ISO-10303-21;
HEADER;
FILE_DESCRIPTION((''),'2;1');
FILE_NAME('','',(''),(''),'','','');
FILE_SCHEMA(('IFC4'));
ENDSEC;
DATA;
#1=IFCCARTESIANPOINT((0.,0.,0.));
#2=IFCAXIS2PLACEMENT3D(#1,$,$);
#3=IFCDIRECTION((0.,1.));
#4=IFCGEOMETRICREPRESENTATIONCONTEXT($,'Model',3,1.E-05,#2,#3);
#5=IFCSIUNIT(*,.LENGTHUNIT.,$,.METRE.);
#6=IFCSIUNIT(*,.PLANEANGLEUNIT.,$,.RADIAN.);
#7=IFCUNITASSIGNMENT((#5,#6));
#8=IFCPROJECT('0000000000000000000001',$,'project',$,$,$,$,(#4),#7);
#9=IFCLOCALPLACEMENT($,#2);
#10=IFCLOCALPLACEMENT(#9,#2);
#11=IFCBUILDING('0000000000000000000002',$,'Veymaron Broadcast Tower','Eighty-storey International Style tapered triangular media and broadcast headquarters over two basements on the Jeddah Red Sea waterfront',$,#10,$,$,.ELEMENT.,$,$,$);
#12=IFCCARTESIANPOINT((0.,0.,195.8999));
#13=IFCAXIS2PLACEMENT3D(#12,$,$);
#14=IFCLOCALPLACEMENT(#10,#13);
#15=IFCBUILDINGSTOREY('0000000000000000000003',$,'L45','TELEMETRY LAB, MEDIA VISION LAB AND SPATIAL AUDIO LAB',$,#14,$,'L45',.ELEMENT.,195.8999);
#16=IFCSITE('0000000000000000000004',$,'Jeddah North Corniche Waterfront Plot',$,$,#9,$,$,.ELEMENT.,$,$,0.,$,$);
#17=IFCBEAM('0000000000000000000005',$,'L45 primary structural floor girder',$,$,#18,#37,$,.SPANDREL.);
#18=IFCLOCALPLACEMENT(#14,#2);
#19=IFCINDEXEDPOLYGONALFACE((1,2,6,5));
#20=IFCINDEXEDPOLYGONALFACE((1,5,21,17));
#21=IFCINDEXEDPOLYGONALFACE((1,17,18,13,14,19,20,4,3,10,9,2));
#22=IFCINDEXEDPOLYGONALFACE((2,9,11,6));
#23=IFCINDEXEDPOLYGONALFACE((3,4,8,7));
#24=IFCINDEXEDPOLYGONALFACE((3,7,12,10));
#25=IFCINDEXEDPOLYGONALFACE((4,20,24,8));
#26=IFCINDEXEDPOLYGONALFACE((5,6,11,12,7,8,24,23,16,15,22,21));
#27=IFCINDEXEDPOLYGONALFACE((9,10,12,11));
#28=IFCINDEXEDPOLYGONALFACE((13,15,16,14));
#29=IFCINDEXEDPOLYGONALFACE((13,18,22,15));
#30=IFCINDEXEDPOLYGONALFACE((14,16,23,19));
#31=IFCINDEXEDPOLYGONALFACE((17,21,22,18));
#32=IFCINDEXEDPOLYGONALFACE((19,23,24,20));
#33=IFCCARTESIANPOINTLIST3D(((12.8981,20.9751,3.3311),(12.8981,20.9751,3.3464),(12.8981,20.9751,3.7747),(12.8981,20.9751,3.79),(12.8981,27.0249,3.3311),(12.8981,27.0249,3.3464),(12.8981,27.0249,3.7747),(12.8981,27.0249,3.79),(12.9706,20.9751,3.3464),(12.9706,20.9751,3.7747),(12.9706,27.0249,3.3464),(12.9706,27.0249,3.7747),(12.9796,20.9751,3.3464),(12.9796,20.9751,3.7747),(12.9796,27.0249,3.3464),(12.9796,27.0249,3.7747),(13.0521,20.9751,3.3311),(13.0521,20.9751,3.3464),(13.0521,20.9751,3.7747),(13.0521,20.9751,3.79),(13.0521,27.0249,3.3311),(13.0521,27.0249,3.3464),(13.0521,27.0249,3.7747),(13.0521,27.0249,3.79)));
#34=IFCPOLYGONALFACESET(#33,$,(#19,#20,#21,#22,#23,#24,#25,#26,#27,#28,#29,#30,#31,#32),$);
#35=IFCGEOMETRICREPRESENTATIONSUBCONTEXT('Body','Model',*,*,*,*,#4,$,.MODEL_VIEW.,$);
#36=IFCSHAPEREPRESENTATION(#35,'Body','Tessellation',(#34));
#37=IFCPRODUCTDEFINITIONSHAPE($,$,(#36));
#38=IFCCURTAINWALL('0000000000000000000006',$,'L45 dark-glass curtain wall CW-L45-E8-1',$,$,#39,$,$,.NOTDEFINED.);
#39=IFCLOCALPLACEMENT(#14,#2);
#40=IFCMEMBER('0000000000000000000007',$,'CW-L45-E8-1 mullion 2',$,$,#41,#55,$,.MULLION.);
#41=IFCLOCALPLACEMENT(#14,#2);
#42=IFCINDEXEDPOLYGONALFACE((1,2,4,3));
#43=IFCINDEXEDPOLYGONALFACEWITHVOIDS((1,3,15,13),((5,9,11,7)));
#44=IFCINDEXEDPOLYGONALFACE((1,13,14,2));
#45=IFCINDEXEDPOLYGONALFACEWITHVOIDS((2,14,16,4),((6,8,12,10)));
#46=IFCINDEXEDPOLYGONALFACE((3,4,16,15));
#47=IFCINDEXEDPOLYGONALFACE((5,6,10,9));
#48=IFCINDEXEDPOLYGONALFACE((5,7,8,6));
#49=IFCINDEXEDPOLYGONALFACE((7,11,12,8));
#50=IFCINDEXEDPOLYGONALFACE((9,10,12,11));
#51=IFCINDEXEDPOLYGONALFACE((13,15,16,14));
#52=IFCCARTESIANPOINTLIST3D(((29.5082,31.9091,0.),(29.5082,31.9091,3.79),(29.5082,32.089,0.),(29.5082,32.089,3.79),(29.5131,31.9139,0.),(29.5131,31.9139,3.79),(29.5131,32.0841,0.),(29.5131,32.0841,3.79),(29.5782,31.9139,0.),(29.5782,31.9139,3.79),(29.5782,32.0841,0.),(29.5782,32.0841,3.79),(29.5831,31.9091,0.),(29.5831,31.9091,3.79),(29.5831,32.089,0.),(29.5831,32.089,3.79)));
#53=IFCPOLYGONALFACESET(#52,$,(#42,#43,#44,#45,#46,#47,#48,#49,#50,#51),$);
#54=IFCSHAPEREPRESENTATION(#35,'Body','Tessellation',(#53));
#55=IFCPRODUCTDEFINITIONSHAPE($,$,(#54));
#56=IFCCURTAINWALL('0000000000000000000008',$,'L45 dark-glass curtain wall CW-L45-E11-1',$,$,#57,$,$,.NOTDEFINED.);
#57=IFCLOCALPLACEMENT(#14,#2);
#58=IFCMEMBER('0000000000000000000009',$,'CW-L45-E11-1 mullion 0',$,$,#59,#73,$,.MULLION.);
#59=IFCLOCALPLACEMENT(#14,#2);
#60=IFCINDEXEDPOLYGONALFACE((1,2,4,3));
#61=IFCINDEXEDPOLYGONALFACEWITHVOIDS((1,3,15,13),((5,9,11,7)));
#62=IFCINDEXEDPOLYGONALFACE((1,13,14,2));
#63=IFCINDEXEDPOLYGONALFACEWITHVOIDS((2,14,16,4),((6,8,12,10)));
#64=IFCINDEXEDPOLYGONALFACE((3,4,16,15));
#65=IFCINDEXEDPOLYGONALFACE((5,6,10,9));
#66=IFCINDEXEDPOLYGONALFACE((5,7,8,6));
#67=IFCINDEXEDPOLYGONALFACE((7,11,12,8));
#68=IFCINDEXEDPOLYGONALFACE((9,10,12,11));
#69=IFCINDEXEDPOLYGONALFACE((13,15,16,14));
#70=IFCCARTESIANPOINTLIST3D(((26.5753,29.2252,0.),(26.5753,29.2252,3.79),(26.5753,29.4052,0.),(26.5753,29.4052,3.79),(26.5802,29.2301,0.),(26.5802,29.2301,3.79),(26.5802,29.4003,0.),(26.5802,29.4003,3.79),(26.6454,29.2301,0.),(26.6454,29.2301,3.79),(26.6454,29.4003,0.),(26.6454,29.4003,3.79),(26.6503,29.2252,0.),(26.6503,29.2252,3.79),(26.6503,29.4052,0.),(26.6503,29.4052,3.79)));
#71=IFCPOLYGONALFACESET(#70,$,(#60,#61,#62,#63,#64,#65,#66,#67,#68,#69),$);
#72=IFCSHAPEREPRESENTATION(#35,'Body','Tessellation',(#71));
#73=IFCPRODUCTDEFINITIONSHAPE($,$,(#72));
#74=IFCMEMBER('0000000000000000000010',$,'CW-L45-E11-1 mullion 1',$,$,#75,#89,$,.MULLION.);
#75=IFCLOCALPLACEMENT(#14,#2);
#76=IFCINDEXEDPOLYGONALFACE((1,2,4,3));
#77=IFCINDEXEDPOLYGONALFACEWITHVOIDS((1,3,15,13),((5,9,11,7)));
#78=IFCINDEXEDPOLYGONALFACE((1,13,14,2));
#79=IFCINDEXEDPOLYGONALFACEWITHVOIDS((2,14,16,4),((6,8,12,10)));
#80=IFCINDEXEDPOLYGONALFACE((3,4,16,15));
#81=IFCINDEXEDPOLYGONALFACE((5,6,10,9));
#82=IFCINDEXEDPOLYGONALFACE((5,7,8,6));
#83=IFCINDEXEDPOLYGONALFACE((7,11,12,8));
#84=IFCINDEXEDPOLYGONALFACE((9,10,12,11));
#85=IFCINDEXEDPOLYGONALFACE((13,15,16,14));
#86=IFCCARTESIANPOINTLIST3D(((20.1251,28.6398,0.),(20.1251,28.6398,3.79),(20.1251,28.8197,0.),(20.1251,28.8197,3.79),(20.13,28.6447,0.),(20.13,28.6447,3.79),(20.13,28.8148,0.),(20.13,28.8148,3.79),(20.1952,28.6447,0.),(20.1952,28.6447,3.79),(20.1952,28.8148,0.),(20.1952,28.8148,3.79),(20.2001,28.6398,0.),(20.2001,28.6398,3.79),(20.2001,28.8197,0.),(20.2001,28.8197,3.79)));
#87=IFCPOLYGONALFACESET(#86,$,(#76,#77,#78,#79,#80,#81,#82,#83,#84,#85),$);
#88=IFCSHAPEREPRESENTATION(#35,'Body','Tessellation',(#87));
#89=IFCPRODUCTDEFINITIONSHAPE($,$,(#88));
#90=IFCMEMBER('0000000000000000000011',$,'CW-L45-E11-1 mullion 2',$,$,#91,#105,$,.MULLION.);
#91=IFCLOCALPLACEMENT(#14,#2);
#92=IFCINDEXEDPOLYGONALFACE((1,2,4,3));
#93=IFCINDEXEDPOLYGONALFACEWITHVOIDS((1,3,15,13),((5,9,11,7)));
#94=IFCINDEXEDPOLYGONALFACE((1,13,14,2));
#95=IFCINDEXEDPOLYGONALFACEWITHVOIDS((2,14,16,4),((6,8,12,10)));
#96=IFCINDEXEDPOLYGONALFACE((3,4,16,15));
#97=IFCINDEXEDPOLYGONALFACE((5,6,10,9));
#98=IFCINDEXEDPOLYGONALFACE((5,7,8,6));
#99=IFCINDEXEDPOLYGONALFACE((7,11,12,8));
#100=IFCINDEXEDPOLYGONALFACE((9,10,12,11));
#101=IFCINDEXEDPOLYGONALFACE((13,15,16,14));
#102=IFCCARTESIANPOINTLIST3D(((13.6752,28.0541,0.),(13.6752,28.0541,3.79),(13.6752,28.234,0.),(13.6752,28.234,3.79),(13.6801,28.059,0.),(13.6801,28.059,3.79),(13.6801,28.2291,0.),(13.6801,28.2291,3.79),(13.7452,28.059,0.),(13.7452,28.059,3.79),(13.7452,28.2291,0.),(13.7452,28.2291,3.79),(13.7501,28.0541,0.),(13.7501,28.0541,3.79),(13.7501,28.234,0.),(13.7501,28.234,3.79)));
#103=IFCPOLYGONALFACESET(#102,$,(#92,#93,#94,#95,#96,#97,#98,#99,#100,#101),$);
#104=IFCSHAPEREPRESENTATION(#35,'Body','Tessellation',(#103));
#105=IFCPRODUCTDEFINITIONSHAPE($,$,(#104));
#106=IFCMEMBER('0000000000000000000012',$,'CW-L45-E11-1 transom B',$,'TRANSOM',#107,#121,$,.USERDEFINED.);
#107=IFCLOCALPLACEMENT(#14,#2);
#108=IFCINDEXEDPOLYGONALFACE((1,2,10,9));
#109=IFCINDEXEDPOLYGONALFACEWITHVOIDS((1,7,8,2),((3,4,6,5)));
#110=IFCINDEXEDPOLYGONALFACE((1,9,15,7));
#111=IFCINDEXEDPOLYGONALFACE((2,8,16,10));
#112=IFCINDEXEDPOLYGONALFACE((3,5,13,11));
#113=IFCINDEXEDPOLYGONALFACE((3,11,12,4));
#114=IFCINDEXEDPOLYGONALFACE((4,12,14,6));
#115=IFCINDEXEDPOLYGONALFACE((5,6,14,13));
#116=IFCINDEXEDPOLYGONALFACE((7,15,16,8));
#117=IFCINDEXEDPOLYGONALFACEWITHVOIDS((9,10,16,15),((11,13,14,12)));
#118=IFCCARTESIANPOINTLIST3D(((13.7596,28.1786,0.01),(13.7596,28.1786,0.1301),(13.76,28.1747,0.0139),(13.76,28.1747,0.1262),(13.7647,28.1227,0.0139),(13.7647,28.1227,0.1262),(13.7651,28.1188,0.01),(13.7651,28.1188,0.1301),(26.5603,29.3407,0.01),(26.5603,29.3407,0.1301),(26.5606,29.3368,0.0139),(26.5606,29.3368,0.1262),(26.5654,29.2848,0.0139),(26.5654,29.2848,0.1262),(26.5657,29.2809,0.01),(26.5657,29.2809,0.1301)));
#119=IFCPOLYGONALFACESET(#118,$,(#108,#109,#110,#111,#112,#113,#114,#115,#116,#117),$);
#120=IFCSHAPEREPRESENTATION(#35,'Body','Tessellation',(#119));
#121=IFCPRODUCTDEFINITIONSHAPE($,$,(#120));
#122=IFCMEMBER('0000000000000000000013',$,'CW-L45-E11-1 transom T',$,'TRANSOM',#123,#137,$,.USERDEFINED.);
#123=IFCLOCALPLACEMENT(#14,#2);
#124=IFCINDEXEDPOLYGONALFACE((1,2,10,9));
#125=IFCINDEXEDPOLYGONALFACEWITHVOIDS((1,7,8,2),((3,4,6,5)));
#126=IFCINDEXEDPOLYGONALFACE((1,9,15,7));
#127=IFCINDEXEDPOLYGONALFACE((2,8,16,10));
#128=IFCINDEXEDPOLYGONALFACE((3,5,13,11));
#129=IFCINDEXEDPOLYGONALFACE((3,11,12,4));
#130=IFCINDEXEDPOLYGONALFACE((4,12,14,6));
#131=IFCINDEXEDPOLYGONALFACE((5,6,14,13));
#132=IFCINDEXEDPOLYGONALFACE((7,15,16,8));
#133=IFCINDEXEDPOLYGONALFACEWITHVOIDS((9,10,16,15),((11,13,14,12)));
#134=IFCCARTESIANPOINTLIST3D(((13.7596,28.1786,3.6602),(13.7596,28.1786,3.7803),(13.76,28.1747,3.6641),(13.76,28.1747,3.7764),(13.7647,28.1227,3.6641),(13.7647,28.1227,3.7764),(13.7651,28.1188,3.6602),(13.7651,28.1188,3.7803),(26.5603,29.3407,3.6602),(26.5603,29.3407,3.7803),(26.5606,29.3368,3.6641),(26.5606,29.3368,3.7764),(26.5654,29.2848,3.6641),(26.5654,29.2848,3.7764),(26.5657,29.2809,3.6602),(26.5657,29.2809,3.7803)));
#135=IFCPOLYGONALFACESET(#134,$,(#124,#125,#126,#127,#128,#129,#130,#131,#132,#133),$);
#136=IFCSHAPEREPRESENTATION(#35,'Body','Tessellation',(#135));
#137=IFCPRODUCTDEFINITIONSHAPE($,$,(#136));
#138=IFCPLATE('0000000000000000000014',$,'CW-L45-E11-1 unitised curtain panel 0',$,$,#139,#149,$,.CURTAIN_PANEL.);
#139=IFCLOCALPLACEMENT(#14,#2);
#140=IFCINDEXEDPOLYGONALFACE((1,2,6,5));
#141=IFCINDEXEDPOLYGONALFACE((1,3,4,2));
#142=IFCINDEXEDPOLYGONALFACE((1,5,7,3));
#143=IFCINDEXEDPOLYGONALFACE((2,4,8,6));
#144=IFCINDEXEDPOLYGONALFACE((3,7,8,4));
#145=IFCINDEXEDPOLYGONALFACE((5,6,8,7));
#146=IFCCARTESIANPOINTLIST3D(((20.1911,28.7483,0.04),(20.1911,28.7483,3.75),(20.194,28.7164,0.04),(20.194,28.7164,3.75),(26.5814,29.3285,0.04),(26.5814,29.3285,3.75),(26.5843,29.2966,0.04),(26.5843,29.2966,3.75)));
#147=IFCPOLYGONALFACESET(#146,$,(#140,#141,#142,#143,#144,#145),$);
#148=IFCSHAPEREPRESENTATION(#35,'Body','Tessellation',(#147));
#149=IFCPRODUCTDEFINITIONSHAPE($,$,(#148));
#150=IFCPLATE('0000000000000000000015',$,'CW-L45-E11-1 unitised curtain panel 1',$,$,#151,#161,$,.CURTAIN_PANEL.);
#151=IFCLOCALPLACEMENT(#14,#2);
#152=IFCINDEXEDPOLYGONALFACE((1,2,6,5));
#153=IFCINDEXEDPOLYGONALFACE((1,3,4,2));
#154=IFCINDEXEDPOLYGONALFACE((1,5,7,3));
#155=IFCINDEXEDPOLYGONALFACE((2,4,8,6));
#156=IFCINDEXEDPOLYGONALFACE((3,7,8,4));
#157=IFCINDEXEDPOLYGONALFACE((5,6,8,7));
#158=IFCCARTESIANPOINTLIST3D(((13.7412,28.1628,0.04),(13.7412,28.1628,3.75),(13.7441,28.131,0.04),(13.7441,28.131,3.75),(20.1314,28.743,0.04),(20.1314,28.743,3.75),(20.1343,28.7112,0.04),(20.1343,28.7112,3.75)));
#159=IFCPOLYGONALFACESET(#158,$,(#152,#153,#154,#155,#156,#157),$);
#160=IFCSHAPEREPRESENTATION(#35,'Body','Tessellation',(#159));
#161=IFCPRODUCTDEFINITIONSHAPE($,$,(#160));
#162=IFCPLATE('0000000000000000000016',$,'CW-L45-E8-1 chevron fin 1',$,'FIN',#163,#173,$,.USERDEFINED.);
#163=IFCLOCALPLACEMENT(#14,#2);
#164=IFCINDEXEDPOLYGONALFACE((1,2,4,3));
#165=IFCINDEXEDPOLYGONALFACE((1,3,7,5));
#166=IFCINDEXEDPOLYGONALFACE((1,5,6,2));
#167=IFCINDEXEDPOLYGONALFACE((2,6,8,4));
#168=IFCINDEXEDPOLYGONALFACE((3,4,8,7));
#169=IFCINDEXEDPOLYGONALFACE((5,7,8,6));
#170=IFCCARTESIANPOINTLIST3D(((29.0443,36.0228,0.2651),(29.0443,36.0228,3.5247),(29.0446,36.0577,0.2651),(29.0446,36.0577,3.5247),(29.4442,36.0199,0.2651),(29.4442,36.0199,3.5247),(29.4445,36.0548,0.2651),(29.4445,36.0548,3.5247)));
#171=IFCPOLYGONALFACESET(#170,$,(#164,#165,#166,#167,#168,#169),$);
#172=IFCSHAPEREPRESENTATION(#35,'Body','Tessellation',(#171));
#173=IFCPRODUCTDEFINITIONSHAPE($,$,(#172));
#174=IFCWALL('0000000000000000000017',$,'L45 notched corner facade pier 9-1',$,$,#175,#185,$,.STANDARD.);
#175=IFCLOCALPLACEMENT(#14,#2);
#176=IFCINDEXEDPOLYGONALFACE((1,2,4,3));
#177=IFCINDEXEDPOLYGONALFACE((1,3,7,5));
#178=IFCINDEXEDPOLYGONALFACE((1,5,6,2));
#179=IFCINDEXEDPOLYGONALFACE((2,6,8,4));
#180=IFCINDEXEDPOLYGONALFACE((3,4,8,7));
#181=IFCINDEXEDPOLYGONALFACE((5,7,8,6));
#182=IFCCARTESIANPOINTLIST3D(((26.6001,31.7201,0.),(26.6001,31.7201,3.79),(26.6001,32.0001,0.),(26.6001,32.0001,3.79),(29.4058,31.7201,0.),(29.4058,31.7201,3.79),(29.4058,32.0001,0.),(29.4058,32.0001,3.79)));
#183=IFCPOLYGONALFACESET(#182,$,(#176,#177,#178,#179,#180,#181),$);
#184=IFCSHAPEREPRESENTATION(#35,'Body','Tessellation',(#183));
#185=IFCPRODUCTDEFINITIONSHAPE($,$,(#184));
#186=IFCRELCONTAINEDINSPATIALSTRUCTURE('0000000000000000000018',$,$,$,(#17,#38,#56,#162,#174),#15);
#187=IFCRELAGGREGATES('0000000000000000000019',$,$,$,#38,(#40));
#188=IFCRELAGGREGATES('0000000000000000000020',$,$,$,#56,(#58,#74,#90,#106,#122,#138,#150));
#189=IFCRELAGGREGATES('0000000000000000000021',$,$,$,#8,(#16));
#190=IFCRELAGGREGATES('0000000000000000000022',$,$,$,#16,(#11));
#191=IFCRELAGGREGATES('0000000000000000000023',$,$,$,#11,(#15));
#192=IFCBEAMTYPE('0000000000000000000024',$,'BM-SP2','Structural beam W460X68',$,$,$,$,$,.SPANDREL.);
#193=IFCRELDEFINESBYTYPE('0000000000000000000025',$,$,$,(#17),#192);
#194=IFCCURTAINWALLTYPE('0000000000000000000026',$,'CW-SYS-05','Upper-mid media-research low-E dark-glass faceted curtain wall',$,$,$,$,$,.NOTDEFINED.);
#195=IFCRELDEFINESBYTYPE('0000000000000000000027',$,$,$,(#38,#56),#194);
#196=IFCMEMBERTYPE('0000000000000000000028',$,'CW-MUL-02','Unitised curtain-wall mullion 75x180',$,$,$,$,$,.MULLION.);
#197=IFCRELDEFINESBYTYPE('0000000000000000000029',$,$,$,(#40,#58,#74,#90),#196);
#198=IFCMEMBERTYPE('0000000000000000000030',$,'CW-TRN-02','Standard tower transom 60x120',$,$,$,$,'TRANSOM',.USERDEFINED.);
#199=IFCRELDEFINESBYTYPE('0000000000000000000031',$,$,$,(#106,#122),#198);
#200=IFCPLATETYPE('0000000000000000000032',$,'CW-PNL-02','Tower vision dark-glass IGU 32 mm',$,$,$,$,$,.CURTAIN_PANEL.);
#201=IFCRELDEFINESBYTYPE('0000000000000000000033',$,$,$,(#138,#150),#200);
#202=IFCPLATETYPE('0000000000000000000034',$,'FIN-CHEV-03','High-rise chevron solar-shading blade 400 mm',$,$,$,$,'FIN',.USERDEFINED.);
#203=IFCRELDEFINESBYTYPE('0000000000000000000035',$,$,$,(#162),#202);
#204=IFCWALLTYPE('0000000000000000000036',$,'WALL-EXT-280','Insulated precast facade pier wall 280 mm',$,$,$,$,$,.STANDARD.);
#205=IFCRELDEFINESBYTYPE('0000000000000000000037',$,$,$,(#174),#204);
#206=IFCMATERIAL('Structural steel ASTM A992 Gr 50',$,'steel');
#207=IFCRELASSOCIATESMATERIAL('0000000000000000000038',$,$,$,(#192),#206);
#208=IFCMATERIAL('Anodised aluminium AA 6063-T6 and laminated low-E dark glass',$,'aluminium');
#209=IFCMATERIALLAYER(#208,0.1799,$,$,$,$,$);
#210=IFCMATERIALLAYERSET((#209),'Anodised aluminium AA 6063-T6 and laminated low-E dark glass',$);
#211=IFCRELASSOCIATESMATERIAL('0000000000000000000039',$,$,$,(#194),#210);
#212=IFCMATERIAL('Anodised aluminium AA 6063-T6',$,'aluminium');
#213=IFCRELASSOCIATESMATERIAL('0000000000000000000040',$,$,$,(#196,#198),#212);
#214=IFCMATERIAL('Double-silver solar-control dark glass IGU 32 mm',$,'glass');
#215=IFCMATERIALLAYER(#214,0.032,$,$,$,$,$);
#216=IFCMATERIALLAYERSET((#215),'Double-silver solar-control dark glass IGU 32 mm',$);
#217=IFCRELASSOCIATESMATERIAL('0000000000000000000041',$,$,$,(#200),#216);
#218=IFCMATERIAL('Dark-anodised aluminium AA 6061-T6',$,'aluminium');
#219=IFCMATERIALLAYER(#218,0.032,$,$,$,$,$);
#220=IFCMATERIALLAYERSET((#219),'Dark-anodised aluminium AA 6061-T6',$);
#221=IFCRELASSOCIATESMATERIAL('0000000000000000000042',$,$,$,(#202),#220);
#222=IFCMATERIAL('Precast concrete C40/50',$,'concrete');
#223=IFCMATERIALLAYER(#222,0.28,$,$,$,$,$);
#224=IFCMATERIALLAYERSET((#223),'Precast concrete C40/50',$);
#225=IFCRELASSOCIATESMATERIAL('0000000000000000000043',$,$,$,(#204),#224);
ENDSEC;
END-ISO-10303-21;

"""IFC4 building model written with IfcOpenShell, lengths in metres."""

from ifc_helpers import new_model, si_unit, direction, frame, frame_2d, origin, origin_2d, place, context, subcontext, project, spatial, rectangle, hollow_rectangle, i_section, extrude, material, layer, layer_set, material_profile, profile_set, type_object, element, aggregate, save


model = new_model("IFC4")

# Units and contexts
model_context = context("Model", 3, precision=1e-05, world=origin(), true_north=direction((0.0, 1.0)))
body_context = subcontext(model_context, "Body", "Model", "MODEL_VIEW")
ifc_project = project(units=[si_unit("LENGTHUNIT", "METRE"), si_unit("PLANEANGLEUNIT", "RADIAN")], contexts=[model_context])

# Site, building, storey
site_placement = place(None, origin())
site = spatial("IfcSite", under=ifc_project, at=site_placement, Name="Jeddah North Corniche Waterfront Plot", CompositionType="ELEMENT", RefElevation=0.0)
building_placement = place(site_placement, origin())
building = spatial("IfcBuilding", under=site, at=building_placement, Name="Veymaron Broadcast Tower", Description="Eighty-storey International Style tapered triangular media and broadcast headquarters over two basements on the Jeddah Red Sea waterfront", CompositionType="ELEMENT")
storey_placement = place(building_placement, frame((0.0, 0.0, 195.8999)))
storey = spatial("IfcBuildingStorey", under=building, at=storey_placement, Name="L45", Description="TELEMETRY LAB, MEDIA VISION LAB AND SPATIAL AUDIO LAB", LongName="L45", CompositionType="ELEMENT", Elevation=195.8999)

# Beam
ifc_material_1 = material(Name="Structural steel ASTM A992 Gr 50", Category="steel")
ifc_material_profile_1 = material_profile(ifc_material_1, i_section(OverallWidth=0.1541, OverallDepth=0.459, WebThickness=0.009, FlangeThickness=0.0154, at=origin_2d()), Name="W460X68")
ifc_profile_set_1 = profile_set([ifc_material_profile_1], Name="Structural steel ASTM A992 Gr 50")
beam_type_1 = type_object("IfcBeamType", Name="BM-SP2", Description="Structural beam W460X68", PredefinedType="SPANDREL", material=ifc_profile_set_1)
beam_1_placement = place(storey_placement, frame((12.9751, 20.9751, 3.5605), z_axis=(0.0, 1.0, 0.0), x_axis=(-1.0, 0.0, 0.0)))
element("IfcBeam", 1, at=beam_1_placement, inside=storey, type_object=beam_type_1, Name="L45 primary structural floor girder", PredefinedType="SPANDREL", context=body_context, shape_type="SweptSolid", body=[
    extrude(i_section(OverallWidth=0.1541, OverallDepth=0.459, WebThickness=0.009, FlangeThickness=0.0154, at=origin_2d()), origin(), (0.0, 0.0, 1.0), 6.0498),
])

# Curtain wall, member
ifc_material_2 = material(Name="Anodised aluminium AA 6063-T6 and laminated low-E dark glass", Category="aluminium")
ifc_layer_1 = layer(ifc_material_2, 0.1799)
ifc_layer_set_1 = layer_set([ifc_layer_1], Name="Anodised aluminium AA 6063-T6 and laminated low-E dark glass")
curtain_wall_type = type_object("IfcCurtainWallType", Name="CW-SYS-05", Description="Upper-mid media-research low-E dark-glass faceted curtain wall", PredefinedType="NOTDEFINED", material=ifc_layer_set_1)
curtain_wall_1_placement = place(storey_placement, origin())
curtain_wall_1 = element("IfcCurtainWall", 2, at=curtain_wall_1_placement, inside=storey, type_object=curtain_wall_type, Name="L45 dark-glass curtain wall CW-L45-E8-1", PredefinedType="NOTDEFINED")
ifc_material_3 = material(Name="Anodised aluminium AA 6063-T6", Category="aluminium")
ifc_material_profile_2 = material_profile(ifc_material_3, hollow_rectangle(XDim=0.075, YDim=0.1799, WallThickness=0.0049, at=origin_2d()), Name="AL180X75X5")
ifc_profile_set_2 = profile_set([ifc_material_profile_2], Name="Anodised aluminium AA 6063-T6")
member_type_1 = type_object("IfcMemberType", Name="CW-MUL-02", Description="Unitised curtain-wall mullion 75x180", PredefinedType="MULLION", material=ifc_profile_set_2)
member_1_placement = place(storey_placement, frame((29.5457, 31.999, 0.0), z_axis=(0.0, 0.0, 1.0), x_axis=(1.0, 0.0, 0.0)))
member_1 = element("IfcMember", 3, at=member_1_placement, type_object=member_type_1, Name="CW-L45-E8-1 mullion 2", PredefinedType="MULLION", context=body_context, shape_type="SweptSolid", body=[
    extrude(hollow_rectangle(XDim=0.075, YDim=0.1799, WallThickness=0.0049, at=origin_2d()), origin(), (0.0, 0.0, 1.0), 3.79),
])
aggregate(curtain_wall_1, [member_1])

# Curtain wall, members, plates
curtain_wall_2_placement = place(storey_placement, origin())
curtain_wall_2 = element("IfcCurtainWall", 4, at=curtain_wall_2_placement, inside=storey, type_object=curtain_wall_type, Name="L45 dark-glass curtain wall CW-L45-E11-1", PredefinedType="NOTDEFINED")
member_2_placement = place(storey_placement, frame((26.6128, 29.3152, 0.0), z_axis=(0.0, 0.0, 1.0), x_axis=(1.0, 0.0, 0.0)))
member_2 = element("IfcMember", 5, at=member_2_placement, type_object=member_type_1, Name="CW-L45-E11-1 mullion 0", PredefinedType="MULLION", context=body_context, shape_type="SweptSolid", body=[
    extrude(hollow_rectangle(XDim=0.075, YDim=0.1799, WallThickness=0.0049, at=origin_2d()), origin(), (0.0, 0.0, 1.0), 3.79),
])
member_3_placement = place(storey_placement, frame((20.1626, 28.7297, 0.0), z_axis=(0.0, 0.0, 1.0), x_axis=(1.0, 0.0, 0.0)))
member_3 = element("IfcMember", 6, at=member_3_placement, type_object=member_type_1, Name="CW-L45-E11-1 mullion 1", PredefinedType="MULLION", context=body_context, shape_type="SweptSolid", body=[
    extrude(hollow_rectangle(XDim=0.075, YDim=0.1799, WallThickness=0.0049, at=origin_2d()), origin(), (0.0, 0.0, 1.0), 3.79),
])
member_4_placement = place(storey_placement, frame((13.7126, 28.144, 0.0), z_axis=(0.0, 0.0, 1.0), x_axis=(1.0, 0.0, 0.0)))
member_4 = element("IfcMember", 7, at=member_4_placement, type_object=member_type_1, Name="CW-L45-E11-1 mullion 2", PredefinedType="MULLION", context=body_context, shape_type="SweptSolid", body=[
    extrude(hollow_rectangle(XDim=0.075, YDim=0.1799, WallThickness=0.0049, at=origin_2d()), origin(), (0.0, 0.0, 1.0), 3.79),
])
ifc_material_profile_3 = material_profile(ifc_material_3, hollow_rectangle(XDim=0.0601, YDim=0.1201, WallThickness=0.0039, at=origin_2d()), Name="AL120X60X4")
ifc_profile_set_3 = profile_set([ifc_material_profile_3], Name="Anodised aluminium AA 6063-T6")
member_type_2 = type_object("IfcMemberType", Name="CW-TRN-02", Description="Standard tower transom 60x120", ElementType="TRANSOM", PredefinedType="USERDEFINED", material=ifc_profile_set_3)
member_5_placement = place(storey_placement, frame((26.563, 29.3108, 0.0701), z_axis=(-0.995904, -0.090414, 0.0), x_axis=(0.090414, -0.995904, 0.0)))
member_5 = element("IfcMember", 8, at=member_5_placement, type_object=member_type_2, Name="CW-L45-E11-1 transom B", ObjectType="TRANSOM", PredefinedType="USERDEFINED", context=body_context, shape_type="SweptSolid", body=[
    extrude(hollow_rectangle(XDim=0.0601, YDim=0.1201, WallThickness=0.0039, at=origin_2d()), origin(), (0.0, 0.0, 1.0), 12.8533),
])
member_6_placement = place(storey_placement, frame((26.563, 29.3108, 3.7202), z_axis=(-0.995904, -0.090414, 0.0), x_axis=(0.090414, -0.995904, 0.0)))
member_6 = element("IfcMember", 9, at=member_6_placement, type_object=member_type_2, Name="CW-L45-E11-1 transom T", ObjectType="TRANSOM", PredefinedType="USERDEFINED", context=body_context, shape_type="SweptSolid", body=[
    extrude(hollow_rectangle(XDim=0.0601, YDim=0.1201, WallThickness=0.0039, at=origin_2d()), origin(), (0.0, 0.0, 1.0), 12.8533),
])
ifc_material_4 = material(Name="Double-silver solar-control dark glass IGU 32 mm", Category="glass")
ifc_layer_2 = layer(ifc_material_4, 0.032)
ifc_layer_set_2 = layer_set([ifc_layer_2], Name="Double-silver solar-control dark glass IGU 32 mm")
plate_type_1 = type_object("IfcPlateType", Name="CW-PNL-02", Description="Tower vision dark-glass IGU 32 mm", PredefinedType="CURTAIN_PANEL", material=ifc_layer_set_2)
plate_1_placement = place(storey_placement, frame((23.3877, 29.0225, 0.04), z_axis=(0.0, 0.0, 1.0), x_axis=(-0.995903, -0.090424, 0.0)))
plate_1 = element("IfcPlate", 10, at=plate_1_placement, type_object=plate_type_1, Name="CW-L45-E11-1 unitised curtain panel 0", PredefinedType="CURTAIN_PANEL", context=body_context, shape_type="SweptSolid", body=[
    extrude(rectangle(XDim=6.4165, YDim=0.032, at=origin_2d()), origin(), (0.0, 0.0, 1.0), 3.71),
])
plate_2_placement = place(storey_placement, frame((16.9377, 28.437, 0.04), z_axis=(0.0, 0.0, 1.0), x_axis=(-0.995903, -0.090424, 0.0)))
plate_2 = element("IfcPlate", 11, at=plate_2_placement, type_object=plate_type_1, Name="CW-L45-E11-1 unitised curtain panel 1", PredefinedType="CURTAIN_PANEL", context=body_context, shape_type="SweptSolid", body=[
    extrude(rectangle(XDim=6.4165, YDim=0.032, at=origin_2d()), origin(), (0.0, 0.0, 1.0), 3.71),
])
aggregate(curtain_wall_2, [member_2, member_3, member_4, member_5, member_6, plate_1, plate_2])

# Plate
ifc_material_5 = material(Name="Dark-anodised aluminium AA 6061-T6", Category="aluminium")
ifc_layer_3 = layer(ifc_material_5, 0.032)
ifc_layer_set_3 = layer_set([ifc_layer_3], Name="Dark-anodised aluminium AA 6061-T6")
plate_type_2 = type_object("IfcPlateType", Name="FIN-CHEV-03", Description="High-rise chevron solar-shading blade 400 mm", ElementType="FIN", PredefinedType="USERDEFINED", material=ifc_layer_set_3)
plate_3_placement = place(storey_placement, frame((29.2444, 36.0388, 0.2651), z_axis=(0.0, 0.0, 1.0), x_axis=(-0.999975, 0.007138, 0.0)))
element("IfcPlate", 12, at=plate_3_placement, inside=storey, type_object=plate_type_2, Name="CW-L45-E8-1 chevron fin 1", ObjectType="FIN", PredefinedType="USERDEFINED", context=body_context, shape_type="SweptSolid", body=[
    extrude(rectangle(XDim=0.3999, YDim=0.0349, at=origin_2d()), origin(), (0.0, 0.0, 1.0), 3.2595),
])

# Wall
ifc_material_6 = material(Name="Precast concrete C40/50", Category="concrete")
ifc_layer_4 = layer(ifc_material_6, 0.28)
ifc_layer_set_4 = layer_set([ifc_layer_4], Name="Precast concrete C40/50")
wall_type = type_object("IfcWallType", Name="WALL-EXT-280", Description="Insulated precast facade pier wall 280 mm", PredefinedType="STANDARD", material=ifc_layer_set_4)
wall_1_placement = place(storey_placement, frame((29.4058, 31.8601, 0.0), z_axis=(0.0, 0.0, 1.0), x_axis=(-1.0, 0.0, 0.0)))
element("IfcWall", 13, at=wall_1_placement, inside=storey, type_object=wall_type, Name="L45 notched corner facade pier 9-1", PredefinedType="STANDARD", context=body_context, shape_type="SweptSolid", body=[
    extrude(rectangle(XDim=2.8057, YDim=0.28, at=frame_2d((1.4028, 0.0))), origin(), (0.0, 0.0, 1.0), 3.79),
])

save(model, "model.ifc")
